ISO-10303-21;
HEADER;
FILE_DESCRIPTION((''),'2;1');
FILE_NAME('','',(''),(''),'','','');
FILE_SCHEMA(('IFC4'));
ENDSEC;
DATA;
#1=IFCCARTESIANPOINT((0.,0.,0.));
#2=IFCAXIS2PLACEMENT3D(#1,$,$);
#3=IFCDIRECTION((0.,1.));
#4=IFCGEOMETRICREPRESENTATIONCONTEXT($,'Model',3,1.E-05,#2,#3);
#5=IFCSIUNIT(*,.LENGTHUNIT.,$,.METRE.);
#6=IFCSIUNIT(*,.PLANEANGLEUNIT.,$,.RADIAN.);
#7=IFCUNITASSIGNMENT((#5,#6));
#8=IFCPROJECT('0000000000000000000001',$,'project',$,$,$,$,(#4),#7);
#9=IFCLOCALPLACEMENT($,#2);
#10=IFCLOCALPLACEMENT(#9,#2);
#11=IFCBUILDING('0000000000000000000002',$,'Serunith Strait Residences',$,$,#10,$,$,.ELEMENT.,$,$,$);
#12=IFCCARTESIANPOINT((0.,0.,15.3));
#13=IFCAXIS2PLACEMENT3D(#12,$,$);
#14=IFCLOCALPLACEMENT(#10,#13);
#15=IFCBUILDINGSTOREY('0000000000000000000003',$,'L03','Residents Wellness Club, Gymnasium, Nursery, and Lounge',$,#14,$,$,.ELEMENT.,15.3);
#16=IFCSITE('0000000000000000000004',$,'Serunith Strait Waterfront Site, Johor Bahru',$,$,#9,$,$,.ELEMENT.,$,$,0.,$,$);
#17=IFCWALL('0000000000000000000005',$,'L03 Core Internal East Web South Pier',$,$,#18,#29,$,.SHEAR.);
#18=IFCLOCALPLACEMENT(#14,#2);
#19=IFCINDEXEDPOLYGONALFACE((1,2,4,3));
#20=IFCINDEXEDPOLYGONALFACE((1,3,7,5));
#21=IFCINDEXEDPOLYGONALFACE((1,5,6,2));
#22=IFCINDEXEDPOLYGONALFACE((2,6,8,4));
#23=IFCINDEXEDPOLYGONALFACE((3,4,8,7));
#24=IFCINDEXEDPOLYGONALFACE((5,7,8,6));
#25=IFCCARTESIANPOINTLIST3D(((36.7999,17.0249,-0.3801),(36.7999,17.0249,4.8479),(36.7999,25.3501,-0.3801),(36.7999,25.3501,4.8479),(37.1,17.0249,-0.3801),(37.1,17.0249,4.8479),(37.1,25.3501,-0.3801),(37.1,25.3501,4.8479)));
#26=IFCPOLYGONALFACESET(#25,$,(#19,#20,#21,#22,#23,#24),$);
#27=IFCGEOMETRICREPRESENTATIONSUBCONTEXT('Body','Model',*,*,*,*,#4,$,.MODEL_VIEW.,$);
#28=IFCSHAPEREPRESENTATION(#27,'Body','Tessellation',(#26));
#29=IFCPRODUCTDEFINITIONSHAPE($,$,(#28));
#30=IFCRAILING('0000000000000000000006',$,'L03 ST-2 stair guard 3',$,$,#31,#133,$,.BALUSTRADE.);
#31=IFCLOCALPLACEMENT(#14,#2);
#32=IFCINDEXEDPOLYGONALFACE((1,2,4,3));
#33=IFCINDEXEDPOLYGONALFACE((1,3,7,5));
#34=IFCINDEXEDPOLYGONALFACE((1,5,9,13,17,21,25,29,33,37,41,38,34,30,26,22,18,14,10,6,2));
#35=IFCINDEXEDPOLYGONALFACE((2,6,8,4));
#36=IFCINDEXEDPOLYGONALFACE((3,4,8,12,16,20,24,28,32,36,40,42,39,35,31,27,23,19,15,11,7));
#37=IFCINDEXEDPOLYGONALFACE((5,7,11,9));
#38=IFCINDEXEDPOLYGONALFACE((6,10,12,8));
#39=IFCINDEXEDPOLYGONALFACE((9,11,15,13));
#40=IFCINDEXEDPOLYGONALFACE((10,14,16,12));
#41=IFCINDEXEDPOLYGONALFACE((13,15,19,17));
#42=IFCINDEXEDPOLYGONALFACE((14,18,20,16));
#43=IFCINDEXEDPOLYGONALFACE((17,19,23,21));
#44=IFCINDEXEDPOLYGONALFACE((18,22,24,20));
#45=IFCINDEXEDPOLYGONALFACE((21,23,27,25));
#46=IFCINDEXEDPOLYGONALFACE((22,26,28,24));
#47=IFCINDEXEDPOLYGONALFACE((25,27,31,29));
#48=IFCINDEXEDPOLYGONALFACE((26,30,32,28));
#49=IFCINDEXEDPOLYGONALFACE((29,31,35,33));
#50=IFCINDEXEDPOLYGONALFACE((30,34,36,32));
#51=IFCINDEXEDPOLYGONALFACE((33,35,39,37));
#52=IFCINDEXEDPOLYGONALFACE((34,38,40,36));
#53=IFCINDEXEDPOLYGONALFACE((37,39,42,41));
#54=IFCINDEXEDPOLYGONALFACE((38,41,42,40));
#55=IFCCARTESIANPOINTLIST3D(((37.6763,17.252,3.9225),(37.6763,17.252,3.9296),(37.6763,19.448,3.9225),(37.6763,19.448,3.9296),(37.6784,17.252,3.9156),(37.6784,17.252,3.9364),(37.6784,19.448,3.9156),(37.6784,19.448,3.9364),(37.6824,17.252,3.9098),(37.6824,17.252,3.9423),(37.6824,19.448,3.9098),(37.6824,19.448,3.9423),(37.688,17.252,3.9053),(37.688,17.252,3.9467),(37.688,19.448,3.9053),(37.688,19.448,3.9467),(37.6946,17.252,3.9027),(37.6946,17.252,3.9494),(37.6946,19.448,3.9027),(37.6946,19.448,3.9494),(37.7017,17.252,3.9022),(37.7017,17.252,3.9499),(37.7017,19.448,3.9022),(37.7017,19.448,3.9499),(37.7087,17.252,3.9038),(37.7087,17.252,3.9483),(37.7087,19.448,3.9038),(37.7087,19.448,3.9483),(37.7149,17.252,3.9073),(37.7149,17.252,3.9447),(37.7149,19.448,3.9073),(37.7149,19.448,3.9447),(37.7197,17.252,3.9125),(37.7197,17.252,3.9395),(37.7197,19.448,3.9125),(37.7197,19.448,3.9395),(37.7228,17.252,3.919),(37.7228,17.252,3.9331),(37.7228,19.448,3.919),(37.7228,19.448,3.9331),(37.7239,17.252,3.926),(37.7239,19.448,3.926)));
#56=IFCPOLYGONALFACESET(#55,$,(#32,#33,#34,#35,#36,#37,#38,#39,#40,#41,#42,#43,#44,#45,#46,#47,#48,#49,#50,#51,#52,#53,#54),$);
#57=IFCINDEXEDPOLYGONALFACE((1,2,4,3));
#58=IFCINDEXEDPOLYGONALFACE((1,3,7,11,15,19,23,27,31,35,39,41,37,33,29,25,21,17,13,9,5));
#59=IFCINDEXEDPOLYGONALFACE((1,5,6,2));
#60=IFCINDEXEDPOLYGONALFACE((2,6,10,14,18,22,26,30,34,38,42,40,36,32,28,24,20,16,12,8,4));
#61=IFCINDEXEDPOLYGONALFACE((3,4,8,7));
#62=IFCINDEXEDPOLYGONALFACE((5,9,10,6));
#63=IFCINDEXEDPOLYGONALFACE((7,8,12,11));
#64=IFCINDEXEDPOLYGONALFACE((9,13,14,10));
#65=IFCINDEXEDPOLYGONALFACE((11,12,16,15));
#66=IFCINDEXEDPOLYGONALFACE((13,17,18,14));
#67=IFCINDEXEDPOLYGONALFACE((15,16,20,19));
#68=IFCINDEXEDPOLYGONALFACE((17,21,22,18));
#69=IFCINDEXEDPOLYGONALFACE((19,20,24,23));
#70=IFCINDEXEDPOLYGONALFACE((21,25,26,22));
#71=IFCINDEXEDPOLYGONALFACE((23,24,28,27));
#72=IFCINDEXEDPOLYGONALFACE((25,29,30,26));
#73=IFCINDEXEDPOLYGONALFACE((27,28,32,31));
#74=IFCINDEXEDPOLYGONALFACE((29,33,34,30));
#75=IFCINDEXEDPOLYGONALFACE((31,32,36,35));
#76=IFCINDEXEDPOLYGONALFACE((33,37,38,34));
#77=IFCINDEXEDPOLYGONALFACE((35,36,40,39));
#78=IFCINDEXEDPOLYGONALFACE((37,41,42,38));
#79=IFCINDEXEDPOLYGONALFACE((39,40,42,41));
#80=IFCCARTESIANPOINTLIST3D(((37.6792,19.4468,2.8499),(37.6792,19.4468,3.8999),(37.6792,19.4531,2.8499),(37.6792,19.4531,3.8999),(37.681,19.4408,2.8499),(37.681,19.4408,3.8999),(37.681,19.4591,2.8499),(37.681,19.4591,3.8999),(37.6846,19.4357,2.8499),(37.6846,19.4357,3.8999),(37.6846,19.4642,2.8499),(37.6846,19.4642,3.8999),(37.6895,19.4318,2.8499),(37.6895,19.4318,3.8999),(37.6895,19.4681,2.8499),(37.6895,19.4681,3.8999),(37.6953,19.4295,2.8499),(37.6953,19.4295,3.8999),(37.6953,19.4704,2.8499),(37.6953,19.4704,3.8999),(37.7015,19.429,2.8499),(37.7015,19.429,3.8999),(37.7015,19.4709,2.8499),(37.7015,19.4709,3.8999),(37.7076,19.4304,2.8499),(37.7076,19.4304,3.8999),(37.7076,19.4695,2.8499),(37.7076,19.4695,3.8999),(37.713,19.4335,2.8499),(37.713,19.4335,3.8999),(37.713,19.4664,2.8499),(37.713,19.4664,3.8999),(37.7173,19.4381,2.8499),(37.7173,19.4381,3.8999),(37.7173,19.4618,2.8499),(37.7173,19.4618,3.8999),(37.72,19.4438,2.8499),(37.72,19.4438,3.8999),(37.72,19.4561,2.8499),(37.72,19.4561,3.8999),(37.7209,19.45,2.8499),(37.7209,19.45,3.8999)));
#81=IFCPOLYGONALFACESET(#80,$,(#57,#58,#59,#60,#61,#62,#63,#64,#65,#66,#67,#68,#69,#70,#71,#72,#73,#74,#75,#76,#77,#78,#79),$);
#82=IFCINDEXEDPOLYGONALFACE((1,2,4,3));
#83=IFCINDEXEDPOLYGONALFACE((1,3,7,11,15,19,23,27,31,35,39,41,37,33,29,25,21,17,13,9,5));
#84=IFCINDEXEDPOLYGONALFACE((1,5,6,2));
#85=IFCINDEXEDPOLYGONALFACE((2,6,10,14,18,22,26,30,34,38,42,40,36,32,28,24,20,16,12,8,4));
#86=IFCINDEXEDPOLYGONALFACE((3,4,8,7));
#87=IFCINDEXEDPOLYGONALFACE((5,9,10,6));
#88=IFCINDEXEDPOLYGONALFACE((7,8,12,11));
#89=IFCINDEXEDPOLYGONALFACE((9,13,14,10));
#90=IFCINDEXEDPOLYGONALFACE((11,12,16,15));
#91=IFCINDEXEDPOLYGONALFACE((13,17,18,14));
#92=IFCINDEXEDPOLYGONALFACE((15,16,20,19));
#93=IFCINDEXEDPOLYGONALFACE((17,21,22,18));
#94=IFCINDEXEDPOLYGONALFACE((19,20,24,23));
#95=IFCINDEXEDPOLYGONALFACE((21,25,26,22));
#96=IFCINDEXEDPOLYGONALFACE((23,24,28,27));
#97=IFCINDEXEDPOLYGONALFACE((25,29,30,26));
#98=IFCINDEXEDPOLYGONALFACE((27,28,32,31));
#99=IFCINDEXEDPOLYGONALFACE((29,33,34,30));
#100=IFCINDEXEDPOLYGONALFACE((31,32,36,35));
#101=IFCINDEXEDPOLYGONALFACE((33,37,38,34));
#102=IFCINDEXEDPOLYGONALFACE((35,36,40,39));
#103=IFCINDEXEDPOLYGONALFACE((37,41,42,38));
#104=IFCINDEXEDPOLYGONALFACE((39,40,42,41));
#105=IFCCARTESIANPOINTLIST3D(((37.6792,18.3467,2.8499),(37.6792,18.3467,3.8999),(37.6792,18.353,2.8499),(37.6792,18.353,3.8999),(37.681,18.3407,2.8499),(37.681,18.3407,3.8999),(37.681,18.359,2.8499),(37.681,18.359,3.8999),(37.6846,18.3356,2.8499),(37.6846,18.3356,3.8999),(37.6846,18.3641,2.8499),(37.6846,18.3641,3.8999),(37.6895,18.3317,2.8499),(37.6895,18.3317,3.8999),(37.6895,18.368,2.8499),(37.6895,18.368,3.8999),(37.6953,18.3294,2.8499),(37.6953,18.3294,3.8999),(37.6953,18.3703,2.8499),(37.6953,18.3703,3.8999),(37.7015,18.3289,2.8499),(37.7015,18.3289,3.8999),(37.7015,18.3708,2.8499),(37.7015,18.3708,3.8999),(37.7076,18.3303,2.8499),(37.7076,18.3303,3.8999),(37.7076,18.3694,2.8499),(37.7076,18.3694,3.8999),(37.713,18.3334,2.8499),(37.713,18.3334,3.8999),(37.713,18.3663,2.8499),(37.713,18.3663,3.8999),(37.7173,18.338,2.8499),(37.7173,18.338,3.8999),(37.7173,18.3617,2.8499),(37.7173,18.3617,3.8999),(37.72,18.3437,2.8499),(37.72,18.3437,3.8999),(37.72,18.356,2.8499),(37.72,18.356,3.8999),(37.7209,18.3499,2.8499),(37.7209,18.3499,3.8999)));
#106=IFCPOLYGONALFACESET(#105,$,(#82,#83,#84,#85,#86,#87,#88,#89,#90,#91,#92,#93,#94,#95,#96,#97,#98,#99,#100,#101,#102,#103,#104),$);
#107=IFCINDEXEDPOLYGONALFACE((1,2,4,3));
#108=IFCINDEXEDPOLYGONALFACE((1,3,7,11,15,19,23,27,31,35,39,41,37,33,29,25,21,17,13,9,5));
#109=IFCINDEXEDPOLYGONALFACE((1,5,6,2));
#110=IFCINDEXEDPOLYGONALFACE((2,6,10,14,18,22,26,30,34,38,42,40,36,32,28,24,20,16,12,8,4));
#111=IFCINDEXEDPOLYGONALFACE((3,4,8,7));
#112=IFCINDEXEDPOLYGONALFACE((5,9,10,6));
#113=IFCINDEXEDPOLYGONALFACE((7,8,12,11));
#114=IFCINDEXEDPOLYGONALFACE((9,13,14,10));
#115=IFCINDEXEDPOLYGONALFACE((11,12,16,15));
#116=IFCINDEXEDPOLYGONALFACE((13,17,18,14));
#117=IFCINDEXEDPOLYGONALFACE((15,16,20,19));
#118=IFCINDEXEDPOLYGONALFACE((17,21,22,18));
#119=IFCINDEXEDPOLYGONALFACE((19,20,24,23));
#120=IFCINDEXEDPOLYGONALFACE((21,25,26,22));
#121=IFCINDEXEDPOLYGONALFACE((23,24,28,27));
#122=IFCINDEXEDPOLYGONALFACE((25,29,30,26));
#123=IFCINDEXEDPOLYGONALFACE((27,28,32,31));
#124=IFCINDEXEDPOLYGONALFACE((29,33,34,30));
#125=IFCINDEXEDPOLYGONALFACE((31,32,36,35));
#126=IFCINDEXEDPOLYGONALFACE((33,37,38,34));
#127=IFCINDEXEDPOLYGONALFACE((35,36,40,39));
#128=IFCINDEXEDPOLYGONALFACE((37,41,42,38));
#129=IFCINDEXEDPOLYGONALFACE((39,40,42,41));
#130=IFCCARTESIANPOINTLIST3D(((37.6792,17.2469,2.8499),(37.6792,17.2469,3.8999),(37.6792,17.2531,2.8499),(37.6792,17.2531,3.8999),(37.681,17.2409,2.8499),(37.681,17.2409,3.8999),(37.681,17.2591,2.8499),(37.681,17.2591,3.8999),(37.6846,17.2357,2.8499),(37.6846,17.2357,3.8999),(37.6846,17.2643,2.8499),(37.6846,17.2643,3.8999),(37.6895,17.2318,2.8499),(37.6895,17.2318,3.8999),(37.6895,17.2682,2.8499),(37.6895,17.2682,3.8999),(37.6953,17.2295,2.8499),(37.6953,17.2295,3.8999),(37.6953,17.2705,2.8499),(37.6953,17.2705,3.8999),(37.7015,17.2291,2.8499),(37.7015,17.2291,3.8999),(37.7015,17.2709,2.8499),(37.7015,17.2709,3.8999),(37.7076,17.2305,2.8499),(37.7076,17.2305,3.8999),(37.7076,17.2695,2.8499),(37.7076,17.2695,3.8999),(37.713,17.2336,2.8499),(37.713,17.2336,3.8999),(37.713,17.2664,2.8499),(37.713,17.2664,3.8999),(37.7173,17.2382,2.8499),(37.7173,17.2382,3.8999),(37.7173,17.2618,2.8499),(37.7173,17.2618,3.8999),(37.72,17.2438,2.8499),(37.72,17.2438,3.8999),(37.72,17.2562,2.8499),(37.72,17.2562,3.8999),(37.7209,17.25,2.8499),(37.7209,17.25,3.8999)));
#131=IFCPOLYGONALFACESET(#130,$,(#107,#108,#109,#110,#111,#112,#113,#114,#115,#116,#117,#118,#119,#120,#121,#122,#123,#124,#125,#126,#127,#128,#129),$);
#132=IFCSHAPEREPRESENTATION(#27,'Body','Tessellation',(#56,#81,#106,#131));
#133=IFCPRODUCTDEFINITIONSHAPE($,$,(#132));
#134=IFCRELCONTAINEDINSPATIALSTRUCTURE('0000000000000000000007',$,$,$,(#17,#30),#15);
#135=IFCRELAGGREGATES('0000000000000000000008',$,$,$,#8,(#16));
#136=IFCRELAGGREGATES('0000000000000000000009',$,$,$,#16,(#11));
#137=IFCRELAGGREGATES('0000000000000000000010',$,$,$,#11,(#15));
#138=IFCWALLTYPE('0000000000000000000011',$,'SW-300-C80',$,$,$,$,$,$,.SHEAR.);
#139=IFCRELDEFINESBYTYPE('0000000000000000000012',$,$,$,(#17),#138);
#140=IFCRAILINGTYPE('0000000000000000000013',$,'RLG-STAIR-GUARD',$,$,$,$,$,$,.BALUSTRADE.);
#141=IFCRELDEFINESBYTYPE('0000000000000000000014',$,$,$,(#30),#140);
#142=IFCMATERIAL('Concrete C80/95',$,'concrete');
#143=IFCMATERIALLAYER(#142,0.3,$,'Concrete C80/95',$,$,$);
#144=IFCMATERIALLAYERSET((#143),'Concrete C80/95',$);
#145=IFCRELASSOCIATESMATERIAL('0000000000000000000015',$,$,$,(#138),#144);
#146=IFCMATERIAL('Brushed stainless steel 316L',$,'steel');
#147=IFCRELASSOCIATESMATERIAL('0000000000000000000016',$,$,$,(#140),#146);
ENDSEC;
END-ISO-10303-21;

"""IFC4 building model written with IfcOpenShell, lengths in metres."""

from ifc_helpers import new_model, si_unit, direction, frame, frame_2d, origin, origin_2d, place, context, subcontext, project, spatial, rectangle, circle, extrude, material, layer, layer_set, type_object, element, save


model = new_model("IFC4")

# Units and contexts
model_context = context("Model", 3, precision=1e-05, world=origin(), true_north=direction((0.0, 1.0)))
body_context = subcontext(model_context, "Body", "Model", "MODEL_VIEW")
ifc_project = project(units=[si_unit("LENGTHUNIT", "METRE"), si_unit("PLANEANGLEUNIT", "RADIAN")], contexts=[model_context])

# Site, building, storey
site_placement = place(None, origin())
site = spatial("IfcSite", under=ifc_project, at=site_placement, Name="Serunith Strait Waterfront Site, Johor Bahru", CompositionType="ELEMENT", RefElevation=0.0)
building_placement = place(site_placement, origin())
building = spatial("IfcBuilding", under=site, at=building_placement, Name="Serunith Strait Residences", CompositionType="ELEMENT")
storey_placement = place(building_placement, frame((0.0, 0.0, 15.3)))
storey = spatial("IfcBuildingStorey", under=building, at=storey_placement, Name="L03", Description="Residents Wellness Club, Gymnasium, Nursery, and Lounge", CompositionType="ELEMENT", Elevation=15.3)

# Wall
ifc_material_1 = material(Name="Concrete C80/95", Category="concrete")
ifc_layer_1 = layer(ifc_material_1, 0.3, Name="Concrete C80/95")
ifc_layer_set_1 = layer_set([ifc_layer_1], Name="Concrete C80/95")
wall_type_1 = type_object("IfcWallType", Name="SW-300-C80", PredefinedType="SHEAR", material=ifc_layer_set_1)
wall_1_placement = place(storey_placement, frame((36.95, 17.0249, -0.3801), z_axis=(0.0, 0.0, 1.0), x_axis=(0.0, 1.0, 0.0)))
element("IfcWall", 1, at=wall_1_placement, inside=storey, type_object=wall_type_1, Name="L03 Core Internal East Web South Pier", PredefinedType="SHEAR", context=body_context, shape_type="SweptSolid", body=[
    extrude(rectangle(XDim=8.3252, YDim=0.3, at=frame_2d((4.1626, 0.0))), origin(), (0.0, 0.0, 1.0), 5.228),
])

# Railing
ifc_material_2 = material(Name="Brushed stainless steel 316L", Category="steel")
railing_type = type_object("IfcRailingType", Name="RLG-STAIR-GUARD", PredefinedType="BALUSTRADE", material=ifc_material_2)
railing_1_placement = place(storey_placement, frame((37.7, 19.45, 2.8499)))
element("IfcRailing", 2, at=railing_1_placement, inside=storey, type_object=railing_type, Name="L03 ST-2 stair guard 3", PredefinedType="BALUSTRADE", context=body_context, shape_type="SweptSolid", body=[
    extrude(circle(Radius=0.0239, at=origin_2d()), frame((0.0, -0.002, 1.0762), z_axis=(0.0, -1.0, 0.0), x_axis=(1.0, 0.0, 0.0)), (0.0, 0.0, 1.0), 2.196),
    extrude(circle(Radius=0.021, at=origin_2d()), origin(), (0.0, 0.0, 1.0), 1.05),
    extrude(circle(Radius=0.021, at=origin_2d()), frame((0.0, -1.1001, 0.0)), (0.0, 0.0, 1.0), 1.05),
    extrude(circle(Radius=0.021, at=origin_2d()), frame((0.0, -2.2, 0.0)), (0.0, 0.0, 1.0), 1.05),
])

save(model, "model.ifc")
